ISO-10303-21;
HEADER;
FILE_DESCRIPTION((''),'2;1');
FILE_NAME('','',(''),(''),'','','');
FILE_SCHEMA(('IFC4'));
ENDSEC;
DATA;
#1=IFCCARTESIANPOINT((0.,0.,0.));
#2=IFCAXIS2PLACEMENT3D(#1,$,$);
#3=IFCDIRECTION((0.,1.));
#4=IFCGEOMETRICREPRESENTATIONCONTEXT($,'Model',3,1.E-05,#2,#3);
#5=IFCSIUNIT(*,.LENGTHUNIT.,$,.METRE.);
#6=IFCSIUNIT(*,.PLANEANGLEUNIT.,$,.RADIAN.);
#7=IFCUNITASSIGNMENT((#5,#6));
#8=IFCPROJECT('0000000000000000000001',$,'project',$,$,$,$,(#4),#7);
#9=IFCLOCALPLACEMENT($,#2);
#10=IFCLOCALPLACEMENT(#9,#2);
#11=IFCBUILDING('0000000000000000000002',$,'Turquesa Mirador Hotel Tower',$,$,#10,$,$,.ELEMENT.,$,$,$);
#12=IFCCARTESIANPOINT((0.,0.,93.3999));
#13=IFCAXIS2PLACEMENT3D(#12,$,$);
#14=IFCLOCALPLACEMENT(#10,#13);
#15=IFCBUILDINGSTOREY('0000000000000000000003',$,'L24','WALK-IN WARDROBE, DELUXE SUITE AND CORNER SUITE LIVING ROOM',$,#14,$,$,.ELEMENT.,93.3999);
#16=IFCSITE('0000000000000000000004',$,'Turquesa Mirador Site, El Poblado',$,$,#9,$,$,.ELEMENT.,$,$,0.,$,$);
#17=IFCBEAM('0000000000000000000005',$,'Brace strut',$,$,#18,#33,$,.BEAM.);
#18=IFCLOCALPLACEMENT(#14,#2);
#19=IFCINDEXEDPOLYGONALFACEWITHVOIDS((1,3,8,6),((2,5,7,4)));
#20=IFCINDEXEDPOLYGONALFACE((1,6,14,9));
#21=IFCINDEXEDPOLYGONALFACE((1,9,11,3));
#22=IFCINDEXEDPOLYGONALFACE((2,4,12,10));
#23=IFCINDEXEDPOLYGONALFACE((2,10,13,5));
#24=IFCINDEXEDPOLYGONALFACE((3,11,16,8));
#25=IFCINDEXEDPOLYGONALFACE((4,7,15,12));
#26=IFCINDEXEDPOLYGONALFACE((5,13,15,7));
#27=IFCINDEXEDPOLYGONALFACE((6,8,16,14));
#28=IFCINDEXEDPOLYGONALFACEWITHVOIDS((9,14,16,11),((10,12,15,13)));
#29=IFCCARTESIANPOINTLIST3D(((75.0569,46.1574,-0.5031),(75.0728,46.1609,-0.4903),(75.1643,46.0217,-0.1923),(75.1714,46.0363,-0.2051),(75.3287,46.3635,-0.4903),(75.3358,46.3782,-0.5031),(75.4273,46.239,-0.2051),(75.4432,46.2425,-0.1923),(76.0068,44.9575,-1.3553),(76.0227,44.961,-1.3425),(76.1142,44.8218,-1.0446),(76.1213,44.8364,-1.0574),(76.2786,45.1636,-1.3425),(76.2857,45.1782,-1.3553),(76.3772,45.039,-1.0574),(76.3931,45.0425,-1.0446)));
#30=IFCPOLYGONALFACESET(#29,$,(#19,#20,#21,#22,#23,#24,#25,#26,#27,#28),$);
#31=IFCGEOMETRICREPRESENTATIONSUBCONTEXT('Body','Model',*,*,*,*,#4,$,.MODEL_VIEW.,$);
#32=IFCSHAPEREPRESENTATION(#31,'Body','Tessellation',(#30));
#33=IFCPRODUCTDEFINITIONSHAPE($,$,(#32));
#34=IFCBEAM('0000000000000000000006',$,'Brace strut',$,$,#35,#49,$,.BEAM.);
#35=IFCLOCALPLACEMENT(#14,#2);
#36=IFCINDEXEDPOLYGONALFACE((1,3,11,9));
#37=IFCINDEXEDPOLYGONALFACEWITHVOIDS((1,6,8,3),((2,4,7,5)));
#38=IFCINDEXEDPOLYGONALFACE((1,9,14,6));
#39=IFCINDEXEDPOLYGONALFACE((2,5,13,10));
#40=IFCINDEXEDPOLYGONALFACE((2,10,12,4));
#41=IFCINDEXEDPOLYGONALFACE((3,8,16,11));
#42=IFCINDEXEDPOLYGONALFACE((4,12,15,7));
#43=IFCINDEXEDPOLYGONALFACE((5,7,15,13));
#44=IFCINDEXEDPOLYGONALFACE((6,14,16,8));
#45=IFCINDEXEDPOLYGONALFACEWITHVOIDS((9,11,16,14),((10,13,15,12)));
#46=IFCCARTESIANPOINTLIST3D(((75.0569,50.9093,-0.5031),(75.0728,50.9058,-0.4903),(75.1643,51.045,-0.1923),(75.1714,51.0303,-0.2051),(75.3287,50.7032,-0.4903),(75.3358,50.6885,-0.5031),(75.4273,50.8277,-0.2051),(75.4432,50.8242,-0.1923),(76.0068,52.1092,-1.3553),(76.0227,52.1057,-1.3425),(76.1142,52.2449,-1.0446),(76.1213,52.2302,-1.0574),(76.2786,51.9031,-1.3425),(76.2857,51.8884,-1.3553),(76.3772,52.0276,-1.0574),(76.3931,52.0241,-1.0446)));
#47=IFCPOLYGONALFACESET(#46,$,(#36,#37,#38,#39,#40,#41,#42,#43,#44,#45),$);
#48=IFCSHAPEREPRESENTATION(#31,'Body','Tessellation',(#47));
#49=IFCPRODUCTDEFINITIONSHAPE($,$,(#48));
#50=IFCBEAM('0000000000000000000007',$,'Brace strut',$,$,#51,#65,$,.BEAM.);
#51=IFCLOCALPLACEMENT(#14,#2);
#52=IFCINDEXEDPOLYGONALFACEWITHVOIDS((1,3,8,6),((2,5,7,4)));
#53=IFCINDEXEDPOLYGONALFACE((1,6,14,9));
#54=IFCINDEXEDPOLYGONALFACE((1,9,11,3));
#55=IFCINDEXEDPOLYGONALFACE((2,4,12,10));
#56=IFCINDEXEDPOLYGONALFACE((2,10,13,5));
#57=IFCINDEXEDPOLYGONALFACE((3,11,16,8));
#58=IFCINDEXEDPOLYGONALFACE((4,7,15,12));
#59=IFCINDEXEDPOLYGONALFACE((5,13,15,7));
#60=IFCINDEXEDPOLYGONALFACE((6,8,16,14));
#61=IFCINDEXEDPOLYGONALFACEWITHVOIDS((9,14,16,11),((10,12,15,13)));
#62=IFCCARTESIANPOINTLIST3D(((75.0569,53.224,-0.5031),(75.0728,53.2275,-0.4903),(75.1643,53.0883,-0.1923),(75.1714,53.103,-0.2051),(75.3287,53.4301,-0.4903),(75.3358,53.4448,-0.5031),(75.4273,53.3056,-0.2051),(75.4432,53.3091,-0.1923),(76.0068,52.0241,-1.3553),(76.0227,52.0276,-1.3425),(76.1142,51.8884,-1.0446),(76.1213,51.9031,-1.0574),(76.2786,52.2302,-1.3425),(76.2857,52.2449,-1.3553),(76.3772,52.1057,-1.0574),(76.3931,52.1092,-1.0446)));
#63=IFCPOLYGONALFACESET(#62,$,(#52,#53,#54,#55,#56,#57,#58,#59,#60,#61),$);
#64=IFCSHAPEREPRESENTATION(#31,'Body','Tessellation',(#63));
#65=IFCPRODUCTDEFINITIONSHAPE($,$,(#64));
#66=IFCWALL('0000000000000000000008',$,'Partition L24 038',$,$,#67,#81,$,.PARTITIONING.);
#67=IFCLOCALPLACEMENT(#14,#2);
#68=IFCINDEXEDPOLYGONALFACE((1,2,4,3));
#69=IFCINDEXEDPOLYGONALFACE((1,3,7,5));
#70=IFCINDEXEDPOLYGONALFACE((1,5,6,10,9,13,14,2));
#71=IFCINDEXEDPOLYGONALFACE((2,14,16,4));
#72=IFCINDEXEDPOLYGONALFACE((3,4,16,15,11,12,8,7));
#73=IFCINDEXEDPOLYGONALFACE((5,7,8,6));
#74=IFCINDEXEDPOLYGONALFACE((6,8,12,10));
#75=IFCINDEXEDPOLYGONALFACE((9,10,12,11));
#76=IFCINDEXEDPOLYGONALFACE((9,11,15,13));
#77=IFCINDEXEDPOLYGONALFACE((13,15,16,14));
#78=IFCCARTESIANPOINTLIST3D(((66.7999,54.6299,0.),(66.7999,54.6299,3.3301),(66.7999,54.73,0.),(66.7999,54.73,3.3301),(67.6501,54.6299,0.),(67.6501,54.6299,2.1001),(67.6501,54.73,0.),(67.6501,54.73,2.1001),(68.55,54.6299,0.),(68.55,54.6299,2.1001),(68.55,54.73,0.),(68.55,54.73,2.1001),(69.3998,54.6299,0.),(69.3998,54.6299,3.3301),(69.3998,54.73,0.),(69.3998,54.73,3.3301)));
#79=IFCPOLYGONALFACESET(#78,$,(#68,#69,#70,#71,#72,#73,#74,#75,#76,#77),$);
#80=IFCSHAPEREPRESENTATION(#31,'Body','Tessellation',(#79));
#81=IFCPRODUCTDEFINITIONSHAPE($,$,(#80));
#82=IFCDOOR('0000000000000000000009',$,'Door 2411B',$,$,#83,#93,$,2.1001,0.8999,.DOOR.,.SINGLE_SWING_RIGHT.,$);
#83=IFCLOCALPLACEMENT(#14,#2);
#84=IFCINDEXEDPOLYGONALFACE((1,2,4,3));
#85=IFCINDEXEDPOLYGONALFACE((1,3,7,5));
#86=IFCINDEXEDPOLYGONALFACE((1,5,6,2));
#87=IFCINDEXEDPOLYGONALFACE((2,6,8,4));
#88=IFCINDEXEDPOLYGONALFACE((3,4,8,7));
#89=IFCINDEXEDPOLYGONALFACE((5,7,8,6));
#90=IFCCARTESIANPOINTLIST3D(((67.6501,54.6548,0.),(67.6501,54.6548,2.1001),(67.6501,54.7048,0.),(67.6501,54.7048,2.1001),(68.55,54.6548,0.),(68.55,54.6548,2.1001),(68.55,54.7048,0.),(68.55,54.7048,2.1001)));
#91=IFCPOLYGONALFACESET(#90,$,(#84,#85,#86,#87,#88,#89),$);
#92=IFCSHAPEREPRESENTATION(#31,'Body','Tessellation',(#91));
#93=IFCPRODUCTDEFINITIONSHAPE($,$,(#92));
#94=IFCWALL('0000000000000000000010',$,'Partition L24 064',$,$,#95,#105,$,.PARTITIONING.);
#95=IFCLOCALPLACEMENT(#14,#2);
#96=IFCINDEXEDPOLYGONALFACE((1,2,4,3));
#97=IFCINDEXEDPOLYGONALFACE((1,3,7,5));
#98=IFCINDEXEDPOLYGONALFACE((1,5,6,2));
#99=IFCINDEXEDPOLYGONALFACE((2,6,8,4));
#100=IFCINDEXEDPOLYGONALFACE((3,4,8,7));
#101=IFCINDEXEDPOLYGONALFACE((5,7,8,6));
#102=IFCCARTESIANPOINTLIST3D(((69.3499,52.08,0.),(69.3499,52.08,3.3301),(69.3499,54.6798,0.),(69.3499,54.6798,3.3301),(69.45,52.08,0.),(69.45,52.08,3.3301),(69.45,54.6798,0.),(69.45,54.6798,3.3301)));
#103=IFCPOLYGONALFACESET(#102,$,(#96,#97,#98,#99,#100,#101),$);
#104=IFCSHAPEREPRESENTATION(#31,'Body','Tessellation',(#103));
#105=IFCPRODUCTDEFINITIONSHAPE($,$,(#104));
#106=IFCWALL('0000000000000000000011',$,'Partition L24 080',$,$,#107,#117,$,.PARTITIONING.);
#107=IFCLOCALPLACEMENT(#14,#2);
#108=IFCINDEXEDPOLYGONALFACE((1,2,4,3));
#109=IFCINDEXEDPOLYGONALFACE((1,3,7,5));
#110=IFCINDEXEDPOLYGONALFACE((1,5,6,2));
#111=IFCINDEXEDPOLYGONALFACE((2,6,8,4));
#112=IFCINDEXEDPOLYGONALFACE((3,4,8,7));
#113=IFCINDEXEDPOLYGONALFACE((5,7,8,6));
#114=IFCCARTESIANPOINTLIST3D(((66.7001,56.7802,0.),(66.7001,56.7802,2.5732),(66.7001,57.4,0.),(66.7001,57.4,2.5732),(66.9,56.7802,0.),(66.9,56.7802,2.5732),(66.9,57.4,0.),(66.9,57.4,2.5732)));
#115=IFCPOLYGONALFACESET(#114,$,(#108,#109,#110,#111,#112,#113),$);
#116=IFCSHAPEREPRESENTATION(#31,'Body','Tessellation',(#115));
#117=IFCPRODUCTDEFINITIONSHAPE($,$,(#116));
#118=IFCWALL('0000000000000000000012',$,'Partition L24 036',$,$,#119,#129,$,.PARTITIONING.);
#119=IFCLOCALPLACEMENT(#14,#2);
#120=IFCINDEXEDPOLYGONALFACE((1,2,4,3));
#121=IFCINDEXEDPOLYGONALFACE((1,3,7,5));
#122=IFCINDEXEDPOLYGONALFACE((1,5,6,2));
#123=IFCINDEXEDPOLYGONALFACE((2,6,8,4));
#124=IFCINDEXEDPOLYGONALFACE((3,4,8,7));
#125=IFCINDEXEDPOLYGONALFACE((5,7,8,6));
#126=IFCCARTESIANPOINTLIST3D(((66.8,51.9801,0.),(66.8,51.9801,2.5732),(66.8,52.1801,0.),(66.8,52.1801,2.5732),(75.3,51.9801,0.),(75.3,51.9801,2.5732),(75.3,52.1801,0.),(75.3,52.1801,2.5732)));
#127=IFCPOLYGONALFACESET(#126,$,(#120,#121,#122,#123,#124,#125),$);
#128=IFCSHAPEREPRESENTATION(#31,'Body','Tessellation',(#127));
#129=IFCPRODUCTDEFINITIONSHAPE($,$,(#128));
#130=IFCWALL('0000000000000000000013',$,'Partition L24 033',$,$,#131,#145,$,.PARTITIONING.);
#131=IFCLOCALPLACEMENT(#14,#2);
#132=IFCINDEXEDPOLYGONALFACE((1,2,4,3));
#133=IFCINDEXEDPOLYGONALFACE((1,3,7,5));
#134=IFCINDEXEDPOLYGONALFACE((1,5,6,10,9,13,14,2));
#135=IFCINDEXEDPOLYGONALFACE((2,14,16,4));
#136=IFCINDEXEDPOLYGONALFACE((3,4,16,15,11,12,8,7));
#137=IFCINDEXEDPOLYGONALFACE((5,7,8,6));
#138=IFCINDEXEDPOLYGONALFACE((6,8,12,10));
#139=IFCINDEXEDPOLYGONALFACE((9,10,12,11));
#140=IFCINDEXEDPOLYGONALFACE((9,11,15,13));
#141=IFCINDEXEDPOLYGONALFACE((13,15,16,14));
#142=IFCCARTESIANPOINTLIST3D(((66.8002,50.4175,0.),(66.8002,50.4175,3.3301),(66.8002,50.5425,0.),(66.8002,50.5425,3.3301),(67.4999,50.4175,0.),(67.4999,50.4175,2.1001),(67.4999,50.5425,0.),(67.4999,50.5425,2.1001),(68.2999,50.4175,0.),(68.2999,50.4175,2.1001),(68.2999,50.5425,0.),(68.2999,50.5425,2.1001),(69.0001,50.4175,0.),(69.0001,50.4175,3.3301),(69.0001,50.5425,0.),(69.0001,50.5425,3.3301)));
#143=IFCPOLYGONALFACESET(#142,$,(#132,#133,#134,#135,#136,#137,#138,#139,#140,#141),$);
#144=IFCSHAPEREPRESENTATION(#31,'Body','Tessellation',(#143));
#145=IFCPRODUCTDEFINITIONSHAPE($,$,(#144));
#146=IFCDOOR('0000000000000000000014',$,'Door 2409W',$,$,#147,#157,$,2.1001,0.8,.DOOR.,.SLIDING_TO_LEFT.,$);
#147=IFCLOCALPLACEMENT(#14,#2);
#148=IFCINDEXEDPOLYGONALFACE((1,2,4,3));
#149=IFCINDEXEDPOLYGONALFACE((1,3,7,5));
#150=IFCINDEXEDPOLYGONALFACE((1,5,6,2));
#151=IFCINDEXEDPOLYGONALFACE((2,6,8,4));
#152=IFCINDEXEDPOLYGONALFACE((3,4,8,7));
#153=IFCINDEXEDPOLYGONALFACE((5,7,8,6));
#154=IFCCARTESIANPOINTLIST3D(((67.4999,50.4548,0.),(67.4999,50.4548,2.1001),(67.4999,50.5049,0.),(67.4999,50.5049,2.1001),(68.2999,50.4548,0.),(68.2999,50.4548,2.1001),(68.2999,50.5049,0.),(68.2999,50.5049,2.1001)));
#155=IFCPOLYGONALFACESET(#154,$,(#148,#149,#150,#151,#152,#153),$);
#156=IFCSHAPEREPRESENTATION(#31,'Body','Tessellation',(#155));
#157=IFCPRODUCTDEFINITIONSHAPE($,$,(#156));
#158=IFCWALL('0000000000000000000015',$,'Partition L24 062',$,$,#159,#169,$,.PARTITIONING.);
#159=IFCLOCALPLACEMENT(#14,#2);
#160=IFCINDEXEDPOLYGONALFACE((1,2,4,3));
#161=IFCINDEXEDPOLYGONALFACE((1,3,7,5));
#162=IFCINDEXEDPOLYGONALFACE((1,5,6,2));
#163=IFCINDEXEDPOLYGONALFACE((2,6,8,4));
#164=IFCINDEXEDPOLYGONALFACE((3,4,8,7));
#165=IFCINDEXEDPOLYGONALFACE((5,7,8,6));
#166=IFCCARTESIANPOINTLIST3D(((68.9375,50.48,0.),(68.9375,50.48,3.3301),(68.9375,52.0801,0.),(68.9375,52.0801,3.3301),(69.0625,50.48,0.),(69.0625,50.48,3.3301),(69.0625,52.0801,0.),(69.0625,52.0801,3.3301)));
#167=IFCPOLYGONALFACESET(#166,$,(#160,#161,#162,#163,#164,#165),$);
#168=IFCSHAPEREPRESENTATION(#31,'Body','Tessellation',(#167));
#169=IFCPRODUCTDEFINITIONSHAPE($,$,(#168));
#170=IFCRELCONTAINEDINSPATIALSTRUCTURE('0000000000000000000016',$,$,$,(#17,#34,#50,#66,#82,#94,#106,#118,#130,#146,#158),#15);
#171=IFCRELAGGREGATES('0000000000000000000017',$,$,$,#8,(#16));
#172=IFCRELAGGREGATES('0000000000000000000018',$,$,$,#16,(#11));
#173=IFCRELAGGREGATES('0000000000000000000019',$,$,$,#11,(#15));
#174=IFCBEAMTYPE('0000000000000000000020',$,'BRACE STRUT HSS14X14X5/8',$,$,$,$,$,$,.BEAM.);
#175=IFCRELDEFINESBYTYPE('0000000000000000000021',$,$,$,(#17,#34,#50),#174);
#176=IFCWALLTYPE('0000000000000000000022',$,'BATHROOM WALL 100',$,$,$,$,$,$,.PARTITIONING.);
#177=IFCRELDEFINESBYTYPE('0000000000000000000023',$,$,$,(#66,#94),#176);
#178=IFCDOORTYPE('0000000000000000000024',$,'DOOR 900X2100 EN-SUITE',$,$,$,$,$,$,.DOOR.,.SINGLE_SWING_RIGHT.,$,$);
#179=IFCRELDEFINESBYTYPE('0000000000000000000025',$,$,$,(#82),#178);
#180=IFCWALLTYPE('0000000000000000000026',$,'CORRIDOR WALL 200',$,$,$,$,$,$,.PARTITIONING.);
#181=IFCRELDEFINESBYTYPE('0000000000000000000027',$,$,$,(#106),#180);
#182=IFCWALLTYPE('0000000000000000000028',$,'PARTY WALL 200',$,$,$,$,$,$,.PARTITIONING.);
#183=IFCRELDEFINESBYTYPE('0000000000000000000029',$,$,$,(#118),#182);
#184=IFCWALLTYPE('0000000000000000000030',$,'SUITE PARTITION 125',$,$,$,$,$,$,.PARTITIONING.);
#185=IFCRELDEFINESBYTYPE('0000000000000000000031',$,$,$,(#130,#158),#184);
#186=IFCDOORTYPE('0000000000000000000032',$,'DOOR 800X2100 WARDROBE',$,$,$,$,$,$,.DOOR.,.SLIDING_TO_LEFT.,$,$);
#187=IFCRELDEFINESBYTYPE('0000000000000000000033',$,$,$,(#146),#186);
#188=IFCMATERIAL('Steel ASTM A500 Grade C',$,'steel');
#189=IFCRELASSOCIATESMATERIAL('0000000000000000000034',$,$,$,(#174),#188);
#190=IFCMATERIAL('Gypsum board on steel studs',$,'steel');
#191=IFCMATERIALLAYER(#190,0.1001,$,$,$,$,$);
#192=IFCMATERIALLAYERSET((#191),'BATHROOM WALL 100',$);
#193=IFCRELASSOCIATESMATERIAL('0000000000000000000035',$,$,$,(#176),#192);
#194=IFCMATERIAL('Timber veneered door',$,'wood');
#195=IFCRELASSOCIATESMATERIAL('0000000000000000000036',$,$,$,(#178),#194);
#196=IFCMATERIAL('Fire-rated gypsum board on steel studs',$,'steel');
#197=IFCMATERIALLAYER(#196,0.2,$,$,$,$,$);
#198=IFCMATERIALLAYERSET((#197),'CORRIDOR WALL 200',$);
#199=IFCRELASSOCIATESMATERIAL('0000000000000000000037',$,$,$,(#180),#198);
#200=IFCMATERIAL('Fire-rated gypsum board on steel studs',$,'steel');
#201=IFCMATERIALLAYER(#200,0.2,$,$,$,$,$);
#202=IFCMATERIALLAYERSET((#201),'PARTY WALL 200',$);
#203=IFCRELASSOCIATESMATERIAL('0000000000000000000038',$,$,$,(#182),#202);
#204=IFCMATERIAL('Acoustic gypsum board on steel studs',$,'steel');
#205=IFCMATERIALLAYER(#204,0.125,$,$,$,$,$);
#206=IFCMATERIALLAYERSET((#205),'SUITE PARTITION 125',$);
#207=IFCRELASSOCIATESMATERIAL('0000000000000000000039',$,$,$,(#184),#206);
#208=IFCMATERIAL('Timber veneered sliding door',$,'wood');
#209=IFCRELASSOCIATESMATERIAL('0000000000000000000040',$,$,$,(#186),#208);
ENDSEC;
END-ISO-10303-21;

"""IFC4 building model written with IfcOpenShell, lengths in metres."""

from ifc_helpers import new_model, si_unit, direction, frame, frame_2d, origin, origin_2d, place, context, subcontext, project, spatial, rectangle, hollow_rectangle, extrude, material, layer, layer_set, material_profile, profile_set, type_object, element, fill, save


model = new_model("IFC4")

# Units and contexts
model_context = context("Model", 3, precision=1e-05, world=origin(), true_north=direction((0.0, 1.0)))
body_context = subcontext(model_context, "Body", "Model", "MODEL_VIEW")
ifc_project = project(units=[si_unit("LENGTHUNIT", "METRE"), si_unit("PLANEANGLEUNIT", "RADIAN")], contexts=[model_context])

# Site, building, storey
site_placement = place(None, origin())
site = spatial("IfcSite", under=ifc_project, at=site_placement, Name="Turquesa Mirador Site, El Poblado", CompositionType="ELEMENT", RefElevation=0.0)
building_placement = place(site_placement, origin())
building = spatial("IfcBuilding", under=site, at=building_placement, Name="Turquesa Mirador Hotel Tower", CompositionType="ELEMENT")
storey_placement = place(building_placement, frame((0.0, 0.0, 93.3999)))
storey = spatial("IfcBuildingStorey", under=building, at=storey_placement, Name="L24", Description="WALK-IN WARDROBE, DELUXE SUITE AND CORNER SUITE LIVING ROOM", CompositionType="ELEMENT", Elevation=93.3999)

# Beams
ifc_material_1 = material(Name="Steel ASTM A500 Grade C", Category="steel")
ifc_material_profile_1 = material_profile(ifc_material_1, hollow_rectangle(XDim=0.3557, YDim=0.3557, WallThickness=0.0146, at=origin_2d()), Name="HSS14X14X5/8")
ifc_profile_set_1 = profile_set([ifc_material_profile_1], Name="Steel ASTM A500 Grade C")
beam_type_1 = type_object("IfcBeamType", Name="BRACE STRUT HSS14X14X5/8", PredefinedType="BEAM", material=ifc_profile_set_1)
for number, where, z_axis, x_axis, name in (
    (1, (76.2, 45.0, -1.2), (-0.542281, 0.684994, 0.486534), (-0.784049, -0.620699, 0.0), "Brace strut"),
    (2, (76.2, 52.0667, -1.2), (-0.542281, -0.684994, 0.486534), (0.784049, -0.620699, 0.0), "Brace strut"),
    (3, (76.2, 52.0667, -1.2), (-0.542281, 0.684994, 0.486534), (-0.784049, -0.620699, 0.0), "Brace strut"),
):
    element("IfcBeam", number, at=place(storey_placement, frame(where, z_axis=z_axis, x_axis=x_axis)), inside=storey, type_object=beam_type_1, Name=name, PredefinedType="BEAM", context=body_context, shape_type="SweptSolid", body=[
        extrude(hollow_rectangle(XDim=0.3557, YDim=0.3557, WallThickness=0.0146, at=origin_2d()), origin(), (0.0, 0.0, 1.0), 1.7517),
    ])

# Wall, opening, door
ifc_material_2 = material(Name="Gypsum board on steel studs", Category="steel")
ifc_layer_1 = layer(ifc_material_2, 0.1001)
ifc_layer_set_1 = layer_set([ifc_layer_1], Name="BATHROOM WALL 100")
wall_type_1 = type_object("IfcWallType", Name="BATHROOM WALL 100", PredefinedType="PARTITIONING", material=ifc_layer_set_1)
wall_1_placement = place(storey_placement, frame((66.8, 54.6799, 0.0), z_axis=(0.0, 0.0, 1.0), x_axis=(1.0, 0.0, 0.0)))
wall_1 = element("IfcWall", 4, at=wall_1_placement, inside=storey, type_object=wall_type_1, Name="Partition L24 038", PredefinedType="PARTITIONING", context=body_context, shape_type="SweptSolid", body=[
    extrude(rectangle(XDim=2.5999, YDim=0.1001, at=frame_2d((1.2998, 0.0))), origin(), (0.0, 0.0, 1.0), 3.3301),
])
opening_1_placement = place(wall_1_placement, frame((0.8501, 0.0, 0.0)))
opening_1 = element("IfcOpeningElement", 5, at=opening_1_placement, cuts=wall_1, PredefinedType="OPENING", context=body_context, shape_type="SweptSolid", body=[
    extrude(rectangle(XDim=0.8999, YDim=2.1001, at=frame_2d((0.45, 1.05))), frame((0.0, 0.0601, 0.0), z_axis=(0.0, -1.0, 0.0), x_axis=(1.0, 0.0, 0.0)), (0.0, 0.0, 1.0), 0.1201),
])
ifc_material_3 = material(Name="Timber veneered door", Category="wood")
door_type_1 = type_object("IfcDoorType", Name="DOOR 900X2100 EN-SUITE", OperationType="SINGLE_SWING_RIGHT", PredefinedType="DOOR", material=ifc_material_3)
door_1_placement = place(opening_1_placement, origin())
door_1 = element("IfcDoor", 6, at=door_1_placement, inside=storey, type_object=door_type_1, Name="Door 2411B", OperationType="SINGLE_SWING_RIGHT", OverallHeight=2.1001, OverallWidth=0.8999, PredefinedType="DOOR", context=body_context, shape_type="SweptSolid", body=[
    extrude(rectangle(XDim=0.8999, YDim=2.1001, at=frame_2d((0.45, 1.05))), frame((0.0, 0.0249, 0.0), z_axis=(0.0, -1.0, 0.0), x_axis=(1.0, 0.0, 0.0)), (0.0, 0.0, 1.0), 0.05),
])
fill(opening_1, door_1)

# Walls
wall_2_placement = place(storey_placement, frame((69.3999, 52.0801, 0.0), z_axis=(0.0, 0.0, 1.0), x_axis=(0.0, 1.0, 0.0)))
element("IfcWall", 7, at=wall_2_placement, inside=storey, type_object=wall_type_1, Name="Partition L24 064", PredefinedType="PARTITIONING", context=body_context, shape_type="SweptSolid", body=[
    extrude(rectangle(XDim=2.5999, YDim=0.1001, at=frame_2d((1.2998, 0.0))), origin(), (0.0, 0.0, 1.0), 3.3301),
])
ifc_material_4 = material(Name="Fire-rated gypsum board on steel studs", Category="steel")
ifc_layer_2 = layer(ifc_material_4, 0.2)
ifc_layer_set_2 = layer_set([ifc_layer_2], Name="CORRIDOR WALL 200")
wall_type_2 = type_object("IfcWallType", Name="CORRIDOR WALL 200", PredefinedType="PARTITIONING", material=ifc_layer_set_2)
wall_3_placement = place(storey_placement, frame((66.8, 56.78, 0.0), z_axis=(0.0, 0.0, 1.0), x_axis=(0.0, 1.0, 0.0)))
element("IfcWall", 8, at=wall_3_placement, inside=storey, type_object=wall_type_2, Name="Partition L24 080", PredefinedType="PARTITIONING", context=body_context, shape_type="SweptSolid", body=[
    extrude(rectangle(XDim=0.6199, YDim=0.2, at=frame_2d((0.3101, 0.0))), origin(), (0.0, 0.0, 1.0), 2.5732),
])
ifc_material_5 = material(Name="Fire-rated gypsum board on steel studs", Category="steel")
ifc_layer_3 = layer(ifc_material_5, 0.2)
ifc_layer_set_3 = layer_set([ifc_layer_3], Name="PARTY WALL 200")
wall_type_3 = type_object("IfcWallType", Name="PARTY WALL 200", PredefinedType="PARTITIONING", material=ifc_layer_set_3)
wall_4_placement = place(storey_placement, frame((66.8, 52.0801, 0.0), z_axis=(0.0, 0.0, 1.0), x_axis=(1.0, 0.0, 0.0)))
element("IfcWall", 9, at=wall_4_placement, inside=storey, type_object=wall_type_3, Name="Partition L24 036", PredefinedType="PARTITIONING", context=body_context, shape_type="SweptSolid", body=[
    extrude(rectangle(XDim=8.5, YDim=0.2, at=frame_2d((4.25, 0.0))), origin(), (0.0, 0.0, 1.0), 2.5732),
])

# Wall, opening, door
ifc_material_6 = material(Name="Acoustic gypsum board on steel studs", Category="steel")
ifc_layer_4 = layer(ifc_material_6, 0.125)
ifc_layer_set_4 = layer_set([ifc_layer_4], Name="SUITE PARTITION 125")
wall_type_4 = type_object("IfcWallType", Name="SUITE PARTITION 125", PredefinedType="PARTITIONING", material=ifc_layer_set_4)
wall_5_placement = place(storey_placement, frame((66.8, 50.48, 0.0), z_axis=(0.0, 0.0, 1.0), x_axis=(1.0, 0.0, 0.0)))
wall_5 = element("IfcWall", 10, at=wall_5_placement, inside=storey, type_object=wall_type_4, Name="Partition L24 033", PredefinedType="PARTITIONING", context=body_context, shape_type="SweptSolid", body=[
    extrude(rectangle(XDim=2.2, YDim=0.125, at=frame_2d((1.1001, 0.0))), origin(), (0.0, 0.0, 1.0), 3.3301),
])
opening_2_placement = place(wall_5_placement, frame((0.7, 0.0, 0.0)))
opening_2 = element("IfcOpeningElement", 11, at=opening_2_placement, cuts=wall_5, PredefinedType="OPENING", context=body_context, shape_type="SweptSolid", body=[
    extrude(rectangle(XDim=0.8, YDim=2.1001, at=frame_2d((0.3999, 1.05))), frame((0.0, 0.0725, 0.0), z_axis=(0.0, -1.0, 0.0), x_axis=(1.0, 0.0, 0.0)), (0.0, 0.0, 1.0), 0.145),
])
ifc_material_7 = material(Name="Timber veneered sliding door", Category="wood")
door_type_2 = type_object("IfcDoorType", Name="DOOR 800X2100 WARDROBE", OperationType="SLIDING_TO_LEFT", PredefinedType="DOOR", material=ifc_material_7)
door_2_placement = place(opening_2_placement, origin())
door_2 = element("IfcDoor", 12, at=door_2_placement, inside=storey, type_object=door_type_2, Name="Door 2409W", OperationType="SLIDING_TO_LEFT", OverallHeight=2.1001, OverallWidth=0.8, PredefinedType="DOOR", context=body_context, shape_type="SweptSolid", body=[
    extrude(rectangle(XDim=0.8, YDim=2.1001, at=frame_2d((0.3999, 1.05))), frame((0.0, 0.0249, 0.0), z_axis=(0.0, -1.0, 0.0), x_axis=(1.0, 0.0, 0.0)), (0.0, 0.0, 1.0), 0.05),
])
fill(opening_2, door_2)

# Wall
wall_6_placement = place(storey_placement, frame((69.0, 50.48, 0.0), z_axis=(0.0, 0.0, 1.0), x_axis=(0.0, 1.0, 0.0)))
element("IfcWall", 13, at=wall_6_placement, inside=storey, type_object=wall_type_4, Name="Partition L24 062", PredefinedType="PARTITIONING", context=body_context, shape_type="SweptSolid", body=[
    extrude(rectangle(XDim=1.6001, YDim=0.125, at=frame_2d((0.8, 0.0))), origin(), (0.0, 0.0, 1.0), 3.3301),
])

save(model, "model.ifc")
